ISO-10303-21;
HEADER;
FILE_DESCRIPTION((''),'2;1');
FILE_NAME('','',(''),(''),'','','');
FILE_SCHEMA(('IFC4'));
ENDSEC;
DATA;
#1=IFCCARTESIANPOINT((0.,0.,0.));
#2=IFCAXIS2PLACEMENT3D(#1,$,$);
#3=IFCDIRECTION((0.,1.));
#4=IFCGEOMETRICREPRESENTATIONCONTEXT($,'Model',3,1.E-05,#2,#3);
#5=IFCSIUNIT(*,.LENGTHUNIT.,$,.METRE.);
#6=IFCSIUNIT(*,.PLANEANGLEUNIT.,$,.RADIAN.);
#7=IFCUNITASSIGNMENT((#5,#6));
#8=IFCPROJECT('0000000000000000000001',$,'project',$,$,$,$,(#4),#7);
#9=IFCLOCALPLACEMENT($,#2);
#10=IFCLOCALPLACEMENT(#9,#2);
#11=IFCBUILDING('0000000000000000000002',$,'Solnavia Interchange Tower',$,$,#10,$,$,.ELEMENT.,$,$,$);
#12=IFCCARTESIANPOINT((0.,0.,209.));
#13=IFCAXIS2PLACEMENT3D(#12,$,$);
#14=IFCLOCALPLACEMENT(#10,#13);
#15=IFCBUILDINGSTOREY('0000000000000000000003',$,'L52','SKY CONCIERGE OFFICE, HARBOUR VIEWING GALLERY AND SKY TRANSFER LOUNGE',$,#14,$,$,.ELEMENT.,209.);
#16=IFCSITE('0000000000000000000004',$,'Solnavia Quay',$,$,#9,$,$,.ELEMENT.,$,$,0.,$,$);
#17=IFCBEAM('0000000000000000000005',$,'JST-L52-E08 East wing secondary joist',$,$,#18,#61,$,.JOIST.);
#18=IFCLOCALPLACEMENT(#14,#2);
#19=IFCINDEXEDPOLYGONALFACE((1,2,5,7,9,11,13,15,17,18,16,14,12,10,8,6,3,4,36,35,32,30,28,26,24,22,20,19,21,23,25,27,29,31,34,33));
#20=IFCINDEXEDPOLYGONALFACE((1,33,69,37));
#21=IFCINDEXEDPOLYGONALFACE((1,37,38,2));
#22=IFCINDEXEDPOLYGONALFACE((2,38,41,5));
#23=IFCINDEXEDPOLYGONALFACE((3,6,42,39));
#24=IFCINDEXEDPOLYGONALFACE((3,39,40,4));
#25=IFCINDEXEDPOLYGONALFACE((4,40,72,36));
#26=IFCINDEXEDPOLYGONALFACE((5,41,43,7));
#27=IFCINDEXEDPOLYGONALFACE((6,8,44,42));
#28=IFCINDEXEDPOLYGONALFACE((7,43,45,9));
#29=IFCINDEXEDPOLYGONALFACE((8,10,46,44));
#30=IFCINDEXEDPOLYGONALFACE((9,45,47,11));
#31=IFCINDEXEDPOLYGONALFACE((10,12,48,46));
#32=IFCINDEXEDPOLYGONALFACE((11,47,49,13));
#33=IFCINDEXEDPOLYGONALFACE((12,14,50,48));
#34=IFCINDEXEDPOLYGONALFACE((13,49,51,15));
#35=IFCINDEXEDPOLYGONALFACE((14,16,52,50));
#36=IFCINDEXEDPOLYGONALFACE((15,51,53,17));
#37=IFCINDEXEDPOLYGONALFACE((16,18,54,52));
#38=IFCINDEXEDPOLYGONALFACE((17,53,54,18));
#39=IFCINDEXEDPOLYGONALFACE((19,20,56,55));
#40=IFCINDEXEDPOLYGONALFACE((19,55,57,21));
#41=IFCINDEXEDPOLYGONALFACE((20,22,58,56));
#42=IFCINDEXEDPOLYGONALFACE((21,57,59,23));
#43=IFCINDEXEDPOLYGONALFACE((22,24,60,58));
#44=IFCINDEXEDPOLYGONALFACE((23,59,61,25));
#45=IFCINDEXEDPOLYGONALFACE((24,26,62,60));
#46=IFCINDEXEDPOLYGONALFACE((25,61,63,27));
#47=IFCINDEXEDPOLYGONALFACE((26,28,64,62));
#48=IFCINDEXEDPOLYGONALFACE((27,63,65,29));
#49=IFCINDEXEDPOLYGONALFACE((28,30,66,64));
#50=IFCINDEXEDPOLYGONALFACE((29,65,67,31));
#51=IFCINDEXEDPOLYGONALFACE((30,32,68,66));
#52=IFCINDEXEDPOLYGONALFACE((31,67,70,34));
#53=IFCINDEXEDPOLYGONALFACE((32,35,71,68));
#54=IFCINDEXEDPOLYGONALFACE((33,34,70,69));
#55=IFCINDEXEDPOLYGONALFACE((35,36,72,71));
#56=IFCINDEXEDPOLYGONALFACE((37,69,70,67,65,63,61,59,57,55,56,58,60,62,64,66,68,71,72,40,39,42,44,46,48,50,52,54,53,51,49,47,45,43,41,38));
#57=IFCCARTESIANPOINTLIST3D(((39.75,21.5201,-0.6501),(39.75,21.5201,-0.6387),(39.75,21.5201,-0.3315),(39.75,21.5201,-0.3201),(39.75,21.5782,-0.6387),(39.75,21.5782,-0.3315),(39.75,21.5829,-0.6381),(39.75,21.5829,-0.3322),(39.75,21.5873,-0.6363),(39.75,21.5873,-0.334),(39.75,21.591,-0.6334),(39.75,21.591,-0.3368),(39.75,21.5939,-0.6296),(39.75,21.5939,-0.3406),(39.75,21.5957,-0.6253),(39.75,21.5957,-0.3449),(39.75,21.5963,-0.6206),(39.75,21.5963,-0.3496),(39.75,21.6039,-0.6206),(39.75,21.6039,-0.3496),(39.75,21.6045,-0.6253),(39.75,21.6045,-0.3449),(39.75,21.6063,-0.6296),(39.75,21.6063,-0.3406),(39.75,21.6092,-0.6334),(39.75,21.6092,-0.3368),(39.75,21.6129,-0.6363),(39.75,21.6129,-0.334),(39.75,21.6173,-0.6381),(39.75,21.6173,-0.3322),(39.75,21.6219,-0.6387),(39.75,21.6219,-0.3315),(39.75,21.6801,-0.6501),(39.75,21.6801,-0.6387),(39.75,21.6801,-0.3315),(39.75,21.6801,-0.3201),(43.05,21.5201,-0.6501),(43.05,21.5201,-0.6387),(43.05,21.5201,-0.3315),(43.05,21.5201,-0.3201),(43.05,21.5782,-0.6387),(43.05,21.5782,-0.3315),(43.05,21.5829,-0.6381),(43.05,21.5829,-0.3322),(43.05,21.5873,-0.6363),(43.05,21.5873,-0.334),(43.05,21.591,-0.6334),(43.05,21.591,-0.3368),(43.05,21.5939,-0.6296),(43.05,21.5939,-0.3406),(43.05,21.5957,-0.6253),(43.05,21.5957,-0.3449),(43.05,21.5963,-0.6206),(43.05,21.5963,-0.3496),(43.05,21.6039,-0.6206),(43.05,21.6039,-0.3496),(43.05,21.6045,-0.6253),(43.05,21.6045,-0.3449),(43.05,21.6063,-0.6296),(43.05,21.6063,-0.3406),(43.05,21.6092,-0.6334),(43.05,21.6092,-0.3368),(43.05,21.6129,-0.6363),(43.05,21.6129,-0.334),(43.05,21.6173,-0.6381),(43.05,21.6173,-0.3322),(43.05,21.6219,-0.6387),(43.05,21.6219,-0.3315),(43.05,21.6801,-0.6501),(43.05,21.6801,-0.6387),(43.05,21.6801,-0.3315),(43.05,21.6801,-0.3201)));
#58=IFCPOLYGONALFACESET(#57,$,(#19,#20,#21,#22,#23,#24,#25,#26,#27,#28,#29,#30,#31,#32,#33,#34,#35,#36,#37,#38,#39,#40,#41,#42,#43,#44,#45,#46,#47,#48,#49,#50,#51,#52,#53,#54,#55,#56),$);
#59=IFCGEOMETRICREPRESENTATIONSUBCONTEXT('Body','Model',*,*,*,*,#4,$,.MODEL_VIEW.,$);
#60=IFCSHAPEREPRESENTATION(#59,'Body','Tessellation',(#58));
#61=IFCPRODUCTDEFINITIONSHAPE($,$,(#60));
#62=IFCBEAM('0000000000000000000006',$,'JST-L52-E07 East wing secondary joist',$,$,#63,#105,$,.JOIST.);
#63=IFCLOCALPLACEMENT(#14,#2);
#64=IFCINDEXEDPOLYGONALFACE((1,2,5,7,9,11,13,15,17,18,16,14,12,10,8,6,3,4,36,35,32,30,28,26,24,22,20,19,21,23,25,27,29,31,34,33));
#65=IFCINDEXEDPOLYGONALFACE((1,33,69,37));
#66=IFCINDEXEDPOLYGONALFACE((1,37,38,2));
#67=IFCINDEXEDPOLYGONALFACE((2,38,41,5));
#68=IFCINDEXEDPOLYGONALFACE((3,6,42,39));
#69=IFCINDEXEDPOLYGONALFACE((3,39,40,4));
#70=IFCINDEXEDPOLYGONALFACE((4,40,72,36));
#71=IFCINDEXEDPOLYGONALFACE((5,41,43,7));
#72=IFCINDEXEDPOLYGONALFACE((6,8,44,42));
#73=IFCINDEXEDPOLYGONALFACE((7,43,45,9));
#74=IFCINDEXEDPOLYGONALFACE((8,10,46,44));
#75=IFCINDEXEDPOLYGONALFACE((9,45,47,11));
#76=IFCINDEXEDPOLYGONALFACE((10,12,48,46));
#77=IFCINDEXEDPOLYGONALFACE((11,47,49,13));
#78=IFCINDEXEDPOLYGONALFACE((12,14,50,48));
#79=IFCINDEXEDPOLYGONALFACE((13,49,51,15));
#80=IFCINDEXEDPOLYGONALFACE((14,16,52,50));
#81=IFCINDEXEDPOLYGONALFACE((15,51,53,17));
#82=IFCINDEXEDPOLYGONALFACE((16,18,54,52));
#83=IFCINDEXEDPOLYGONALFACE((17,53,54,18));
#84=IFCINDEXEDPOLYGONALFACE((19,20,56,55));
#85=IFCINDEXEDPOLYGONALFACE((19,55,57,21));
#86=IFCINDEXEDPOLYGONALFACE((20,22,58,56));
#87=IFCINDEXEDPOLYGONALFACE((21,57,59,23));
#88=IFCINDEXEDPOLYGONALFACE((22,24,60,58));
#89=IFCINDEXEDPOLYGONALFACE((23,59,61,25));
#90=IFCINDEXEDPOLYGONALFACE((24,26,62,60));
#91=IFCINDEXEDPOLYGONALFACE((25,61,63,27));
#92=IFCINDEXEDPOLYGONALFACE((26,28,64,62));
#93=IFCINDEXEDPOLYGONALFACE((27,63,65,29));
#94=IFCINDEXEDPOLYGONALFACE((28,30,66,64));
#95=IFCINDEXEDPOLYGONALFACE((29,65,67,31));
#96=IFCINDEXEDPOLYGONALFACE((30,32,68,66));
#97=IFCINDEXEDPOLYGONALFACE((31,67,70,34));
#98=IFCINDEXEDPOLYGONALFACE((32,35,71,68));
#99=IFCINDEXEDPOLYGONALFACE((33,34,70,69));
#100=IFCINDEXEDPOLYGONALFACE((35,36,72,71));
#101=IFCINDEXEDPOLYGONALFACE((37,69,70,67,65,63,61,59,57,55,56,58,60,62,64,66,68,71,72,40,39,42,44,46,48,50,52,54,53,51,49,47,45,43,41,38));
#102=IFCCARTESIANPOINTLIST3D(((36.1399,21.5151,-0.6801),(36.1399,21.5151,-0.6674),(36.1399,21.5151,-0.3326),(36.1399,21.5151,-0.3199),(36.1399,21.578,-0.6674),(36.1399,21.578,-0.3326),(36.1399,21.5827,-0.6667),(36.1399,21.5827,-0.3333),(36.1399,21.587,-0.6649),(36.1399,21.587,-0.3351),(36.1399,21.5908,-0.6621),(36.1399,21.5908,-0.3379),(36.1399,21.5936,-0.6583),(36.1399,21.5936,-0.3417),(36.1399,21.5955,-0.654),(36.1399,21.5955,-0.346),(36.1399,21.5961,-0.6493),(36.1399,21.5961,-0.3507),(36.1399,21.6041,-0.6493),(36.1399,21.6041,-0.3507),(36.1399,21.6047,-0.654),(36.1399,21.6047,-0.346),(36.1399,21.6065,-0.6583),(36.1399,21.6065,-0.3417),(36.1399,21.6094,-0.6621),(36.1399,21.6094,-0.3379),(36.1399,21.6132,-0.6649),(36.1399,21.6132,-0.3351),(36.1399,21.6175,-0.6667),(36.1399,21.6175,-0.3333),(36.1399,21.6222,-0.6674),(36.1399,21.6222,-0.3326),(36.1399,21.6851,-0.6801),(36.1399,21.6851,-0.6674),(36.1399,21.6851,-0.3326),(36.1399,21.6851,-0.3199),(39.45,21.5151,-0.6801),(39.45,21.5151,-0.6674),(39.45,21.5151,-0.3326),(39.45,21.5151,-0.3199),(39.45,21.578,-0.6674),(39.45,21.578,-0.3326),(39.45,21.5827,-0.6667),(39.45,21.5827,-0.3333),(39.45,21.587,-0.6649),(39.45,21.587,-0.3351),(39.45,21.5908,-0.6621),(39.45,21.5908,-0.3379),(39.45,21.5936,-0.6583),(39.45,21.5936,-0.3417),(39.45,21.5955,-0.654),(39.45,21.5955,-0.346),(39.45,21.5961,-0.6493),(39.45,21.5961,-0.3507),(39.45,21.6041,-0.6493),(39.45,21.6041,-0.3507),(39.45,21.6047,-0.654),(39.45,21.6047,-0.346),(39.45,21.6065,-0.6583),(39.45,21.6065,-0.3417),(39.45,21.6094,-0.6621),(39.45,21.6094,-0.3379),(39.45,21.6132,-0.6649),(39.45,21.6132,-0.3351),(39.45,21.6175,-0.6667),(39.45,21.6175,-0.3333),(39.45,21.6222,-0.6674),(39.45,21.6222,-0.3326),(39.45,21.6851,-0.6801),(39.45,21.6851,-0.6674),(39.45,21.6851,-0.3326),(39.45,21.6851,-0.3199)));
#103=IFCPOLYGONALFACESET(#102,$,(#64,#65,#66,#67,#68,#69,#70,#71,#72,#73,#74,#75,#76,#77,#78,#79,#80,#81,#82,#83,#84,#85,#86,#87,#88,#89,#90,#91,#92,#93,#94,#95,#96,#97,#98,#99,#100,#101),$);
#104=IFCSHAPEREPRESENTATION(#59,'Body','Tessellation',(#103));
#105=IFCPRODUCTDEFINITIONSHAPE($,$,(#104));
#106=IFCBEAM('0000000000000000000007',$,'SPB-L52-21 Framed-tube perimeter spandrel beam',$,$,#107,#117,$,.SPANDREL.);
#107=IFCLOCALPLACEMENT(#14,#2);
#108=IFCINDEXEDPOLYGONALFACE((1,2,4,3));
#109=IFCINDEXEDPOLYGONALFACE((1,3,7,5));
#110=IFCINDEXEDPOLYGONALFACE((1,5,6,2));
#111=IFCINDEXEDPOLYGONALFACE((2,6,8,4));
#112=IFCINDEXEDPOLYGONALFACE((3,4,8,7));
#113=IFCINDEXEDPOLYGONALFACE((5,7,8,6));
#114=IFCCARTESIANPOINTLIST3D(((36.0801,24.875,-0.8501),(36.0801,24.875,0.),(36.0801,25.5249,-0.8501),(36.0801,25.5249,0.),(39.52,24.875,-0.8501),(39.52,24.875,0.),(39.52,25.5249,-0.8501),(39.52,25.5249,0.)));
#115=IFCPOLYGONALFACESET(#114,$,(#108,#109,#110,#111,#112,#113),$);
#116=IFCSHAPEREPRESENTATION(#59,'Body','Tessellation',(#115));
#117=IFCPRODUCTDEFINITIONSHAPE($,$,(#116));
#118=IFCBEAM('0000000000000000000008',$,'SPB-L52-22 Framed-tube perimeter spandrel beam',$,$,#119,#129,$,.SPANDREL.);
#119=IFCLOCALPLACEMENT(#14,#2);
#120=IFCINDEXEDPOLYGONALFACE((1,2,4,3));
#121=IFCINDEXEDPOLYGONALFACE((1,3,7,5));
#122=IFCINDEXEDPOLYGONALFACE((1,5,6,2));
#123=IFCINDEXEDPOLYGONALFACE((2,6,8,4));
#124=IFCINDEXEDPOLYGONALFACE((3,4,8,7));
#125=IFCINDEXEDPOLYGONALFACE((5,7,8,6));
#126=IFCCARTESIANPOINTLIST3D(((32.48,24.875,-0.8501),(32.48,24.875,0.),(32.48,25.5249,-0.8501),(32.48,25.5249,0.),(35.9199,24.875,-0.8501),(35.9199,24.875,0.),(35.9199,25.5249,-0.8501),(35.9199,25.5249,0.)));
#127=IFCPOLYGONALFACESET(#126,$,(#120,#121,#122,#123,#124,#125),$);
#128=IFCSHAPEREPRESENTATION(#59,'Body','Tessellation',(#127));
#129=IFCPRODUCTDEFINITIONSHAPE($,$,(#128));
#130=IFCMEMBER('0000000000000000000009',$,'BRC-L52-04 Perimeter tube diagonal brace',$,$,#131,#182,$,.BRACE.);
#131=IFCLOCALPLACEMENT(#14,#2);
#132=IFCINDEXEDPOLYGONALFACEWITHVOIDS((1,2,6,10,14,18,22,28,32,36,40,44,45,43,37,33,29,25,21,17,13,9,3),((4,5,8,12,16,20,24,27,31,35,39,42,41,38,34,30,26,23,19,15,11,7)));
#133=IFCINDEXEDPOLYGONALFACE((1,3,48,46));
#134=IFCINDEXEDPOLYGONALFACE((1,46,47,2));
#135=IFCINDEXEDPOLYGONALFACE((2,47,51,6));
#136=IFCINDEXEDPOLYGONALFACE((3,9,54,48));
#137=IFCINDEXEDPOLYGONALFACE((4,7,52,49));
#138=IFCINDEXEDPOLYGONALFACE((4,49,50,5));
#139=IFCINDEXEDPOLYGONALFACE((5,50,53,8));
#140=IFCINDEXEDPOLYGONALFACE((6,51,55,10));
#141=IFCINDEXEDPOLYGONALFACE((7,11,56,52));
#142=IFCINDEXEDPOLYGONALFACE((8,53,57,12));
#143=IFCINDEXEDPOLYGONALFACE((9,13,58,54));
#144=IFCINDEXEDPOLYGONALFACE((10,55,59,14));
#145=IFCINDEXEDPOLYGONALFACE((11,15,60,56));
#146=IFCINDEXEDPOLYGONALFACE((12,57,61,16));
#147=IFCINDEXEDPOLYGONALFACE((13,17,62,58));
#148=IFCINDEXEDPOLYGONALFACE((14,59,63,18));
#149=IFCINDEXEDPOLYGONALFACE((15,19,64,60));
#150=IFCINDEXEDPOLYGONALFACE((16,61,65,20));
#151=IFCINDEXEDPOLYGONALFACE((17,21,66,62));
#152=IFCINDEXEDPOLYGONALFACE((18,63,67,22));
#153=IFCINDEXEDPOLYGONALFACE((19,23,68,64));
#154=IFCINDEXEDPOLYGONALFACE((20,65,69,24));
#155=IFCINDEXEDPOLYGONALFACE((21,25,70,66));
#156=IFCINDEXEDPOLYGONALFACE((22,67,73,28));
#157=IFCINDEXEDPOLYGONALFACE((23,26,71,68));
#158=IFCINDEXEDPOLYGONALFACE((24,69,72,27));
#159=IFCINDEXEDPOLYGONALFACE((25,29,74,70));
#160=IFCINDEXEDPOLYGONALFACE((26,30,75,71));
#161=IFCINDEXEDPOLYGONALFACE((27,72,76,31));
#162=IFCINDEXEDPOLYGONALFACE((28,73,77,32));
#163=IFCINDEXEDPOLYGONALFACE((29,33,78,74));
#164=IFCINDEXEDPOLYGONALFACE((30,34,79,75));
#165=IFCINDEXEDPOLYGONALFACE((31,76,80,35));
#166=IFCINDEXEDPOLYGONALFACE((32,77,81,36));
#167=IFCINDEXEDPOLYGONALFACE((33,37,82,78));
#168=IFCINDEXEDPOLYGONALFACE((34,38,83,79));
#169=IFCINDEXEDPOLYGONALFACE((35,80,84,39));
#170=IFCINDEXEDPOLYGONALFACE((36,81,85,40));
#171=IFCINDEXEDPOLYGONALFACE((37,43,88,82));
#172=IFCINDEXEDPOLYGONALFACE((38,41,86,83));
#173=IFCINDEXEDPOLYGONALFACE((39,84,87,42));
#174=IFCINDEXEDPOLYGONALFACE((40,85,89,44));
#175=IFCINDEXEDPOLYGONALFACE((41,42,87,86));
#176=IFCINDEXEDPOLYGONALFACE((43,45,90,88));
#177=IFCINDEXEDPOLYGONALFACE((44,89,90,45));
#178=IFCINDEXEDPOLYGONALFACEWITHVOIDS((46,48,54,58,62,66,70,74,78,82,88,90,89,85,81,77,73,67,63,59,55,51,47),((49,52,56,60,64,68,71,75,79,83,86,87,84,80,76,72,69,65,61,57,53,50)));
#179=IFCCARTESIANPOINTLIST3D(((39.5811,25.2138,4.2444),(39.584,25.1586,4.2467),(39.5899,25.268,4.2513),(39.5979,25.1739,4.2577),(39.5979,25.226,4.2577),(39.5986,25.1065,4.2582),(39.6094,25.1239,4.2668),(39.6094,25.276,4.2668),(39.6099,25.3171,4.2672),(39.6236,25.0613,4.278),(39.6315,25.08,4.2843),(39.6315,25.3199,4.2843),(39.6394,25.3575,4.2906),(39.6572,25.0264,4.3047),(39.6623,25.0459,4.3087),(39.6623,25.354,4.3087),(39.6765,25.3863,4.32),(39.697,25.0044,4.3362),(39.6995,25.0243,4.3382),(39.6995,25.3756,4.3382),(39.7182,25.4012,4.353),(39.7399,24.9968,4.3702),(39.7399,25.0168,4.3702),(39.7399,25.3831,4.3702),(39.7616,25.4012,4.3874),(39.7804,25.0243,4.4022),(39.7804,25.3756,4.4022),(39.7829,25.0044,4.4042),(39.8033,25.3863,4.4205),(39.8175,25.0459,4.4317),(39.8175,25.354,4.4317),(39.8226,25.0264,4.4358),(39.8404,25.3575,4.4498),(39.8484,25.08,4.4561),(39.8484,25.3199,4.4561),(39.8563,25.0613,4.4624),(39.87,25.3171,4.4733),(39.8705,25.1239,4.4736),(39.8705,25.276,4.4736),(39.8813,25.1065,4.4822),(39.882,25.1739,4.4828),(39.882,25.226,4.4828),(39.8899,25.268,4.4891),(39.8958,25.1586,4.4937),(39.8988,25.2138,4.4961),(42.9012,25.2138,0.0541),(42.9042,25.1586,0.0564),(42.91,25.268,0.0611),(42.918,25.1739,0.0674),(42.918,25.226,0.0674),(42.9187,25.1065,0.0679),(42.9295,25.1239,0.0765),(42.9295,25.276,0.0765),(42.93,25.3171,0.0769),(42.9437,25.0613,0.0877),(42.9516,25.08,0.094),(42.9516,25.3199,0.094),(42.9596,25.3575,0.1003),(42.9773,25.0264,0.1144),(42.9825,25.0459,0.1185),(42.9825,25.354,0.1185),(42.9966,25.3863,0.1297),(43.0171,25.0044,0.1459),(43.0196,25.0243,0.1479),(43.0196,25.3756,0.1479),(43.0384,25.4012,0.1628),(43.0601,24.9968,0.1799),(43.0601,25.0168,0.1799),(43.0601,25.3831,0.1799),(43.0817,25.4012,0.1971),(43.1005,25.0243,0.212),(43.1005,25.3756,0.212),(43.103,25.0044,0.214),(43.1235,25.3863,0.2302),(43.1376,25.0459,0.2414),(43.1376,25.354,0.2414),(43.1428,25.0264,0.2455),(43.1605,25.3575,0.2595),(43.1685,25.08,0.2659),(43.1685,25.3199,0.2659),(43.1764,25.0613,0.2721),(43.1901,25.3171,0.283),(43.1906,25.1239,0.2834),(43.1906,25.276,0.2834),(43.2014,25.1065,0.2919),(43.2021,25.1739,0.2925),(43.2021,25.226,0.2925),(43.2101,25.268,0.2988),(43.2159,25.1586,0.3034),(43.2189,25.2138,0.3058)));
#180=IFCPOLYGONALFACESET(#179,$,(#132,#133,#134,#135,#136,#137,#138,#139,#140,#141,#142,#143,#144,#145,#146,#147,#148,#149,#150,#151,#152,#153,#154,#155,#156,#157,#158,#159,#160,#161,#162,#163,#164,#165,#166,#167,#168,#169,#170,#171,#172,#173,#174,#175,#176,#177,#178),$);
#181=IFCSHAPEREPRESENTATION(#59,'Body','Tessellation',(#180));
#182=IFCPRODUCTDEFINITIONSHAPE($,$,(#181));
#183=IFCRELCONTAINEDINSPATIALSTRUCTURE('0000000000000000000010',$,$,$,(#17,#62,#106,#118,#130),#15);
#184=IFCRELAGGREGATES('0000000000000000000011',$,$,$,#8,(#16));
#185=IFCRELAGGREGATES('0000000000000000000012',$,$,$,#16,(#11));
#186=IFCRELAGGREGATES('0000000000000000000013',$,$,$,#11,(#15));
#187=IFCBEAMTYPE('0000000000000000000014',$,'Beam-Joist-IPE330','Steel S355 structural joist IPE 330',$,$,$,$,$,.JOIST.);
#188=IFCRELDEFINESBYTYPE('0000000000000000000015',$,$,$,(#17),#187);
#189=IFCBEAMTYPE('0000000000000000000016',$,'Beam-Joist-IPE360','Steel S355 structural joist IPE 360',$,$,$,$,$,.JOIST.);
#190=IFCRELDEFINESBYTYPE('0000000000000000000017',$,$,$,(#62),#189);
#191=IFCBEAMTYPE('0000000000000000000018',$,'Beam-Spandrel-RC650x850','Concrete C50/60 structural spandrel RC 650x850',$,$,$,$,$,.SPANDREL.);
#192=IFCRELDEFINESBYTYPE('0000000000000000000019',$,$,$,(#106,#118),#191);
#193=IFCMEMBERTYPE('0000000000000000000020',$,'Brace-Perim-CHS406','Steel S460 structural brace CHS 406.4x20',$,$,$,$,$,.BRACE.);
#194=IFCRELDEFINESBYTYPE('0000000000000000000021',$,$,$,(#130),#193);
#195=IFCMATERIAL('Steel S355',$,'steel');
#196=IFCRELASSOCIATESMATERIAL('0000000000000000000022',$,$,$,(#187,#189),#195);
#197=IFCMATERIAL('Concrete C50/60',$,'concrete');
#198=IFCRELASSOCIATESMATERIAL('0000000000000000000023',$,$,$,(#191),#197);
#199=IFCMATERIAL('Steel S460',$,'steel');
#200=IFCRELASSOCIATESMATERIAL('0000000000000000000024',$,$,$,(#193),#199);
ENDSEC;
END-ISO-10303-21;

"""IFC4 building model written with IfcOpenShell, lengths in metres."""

from ifc_helpers import new_model, si_unit, direction, frame, origin, origin_2d, place, context, subcontext, project, spatial, rectangle, hollow_circle, i_section, extrude, material, material_profile, profile_set, type_object, element, save


model = new_model("IFC4")

# Units and contexts
model_context = context("Model", 3, precision=1e-05, world=origin(), true_north=direction((0.0, 1.0)))
body_context = subcontext(model_context, "Body", "Model", "MODEL_VIEW")
ifc_project = project(units=[si_unit("LENGTHUNIT", "METRE"), si_unit("PLANEANGLEUNIT", "RADIAN")], contexts=[model_context])

# Site, building, storey
site_placement = place(None, origin())
site = spatial("IfcSite", under=ifc_project, at=site_placement, Name="Solnavia Quay", CompositionType="ELEMENT", RefElevation=0.0)
building_placement = place(site_placement, origin())
building = spatial("IfcBuilding", under=site, at=building_placement, Name="Solnavia Interchange Tower", CompositionType="ELEMENT")
storey_placement = place(building_placement, frame((0.0, 0.0, 209.0)))
storey = spatial("IfcBuildingStorey", under=building, at=storey_placement, Name="L52", Description="SKY CONCIERGE OFFICE, HARBOUR VIEWING GALLERY AND SKY TRANSFER LOUNGE", CompositionType="ELEMENT", Elevation=209.0)

# Shared definitions
ifc_material_1 = material(Name="Concrete C50/60", Category="concrete")

# Beams
ifc_material_2 = material(Name="Steel S460", Category="steel")
ifc_material_3 = material(Name="Steel S355", Category="steel")
ifc_material_profile_1 = material_profile(ifc_material_3, i_section(OverallWidth=0.1599, OverallDepth=0.3301, WebThickness=0.0076, FlangeThickness=0.0115, FilletRadius=0.0181, at=origin_2d()), Name="IPE 330")
ifc_profile_set_1 = profile_set([ifc_material_profile_1], Name="Steel S355")
beam_type_1 = type_object("IfcBeamType", Name="Beam-Joist-IPE330", Description="Steel S355 structural joist IPE 330", PredefinedType="JOIST", material=ifc_profile_set_1)
beam_1_placement = place(storey_placement, frame((39.75, 21.6001, -0.4851), z_axis=(1.0, 0.0, 0.0), x_axis=(0.0, 1.0, 0.0)))
element("IfcBeam", 1, at=beam_1_placement, inside=storey, type_object=beam_type_1, Name="JST-L52-E08 East wing secondary joist", PredefinedType="JOIST", context=body_context, shape_type="SweptSolid", body=[
    extrude(i_section(OverallWidth=0.1599, OverallDepth=0.3301, WebThickness=0.0076, FlangeThickness=0.0115, FilletRadius=0.0181, at=origin_2d()), origin(), (0.0, 0.0, 1.0), 3.3),
])
ifc_material_profile_2 = material_profile(ifc_material_3, i_section(OverallWidth=0.1699, OverallDepth=0.3601, WebThickness=0.0081, FlangeThickness=0.0127, FilletRadius=0.0181, at=origin_2d()), Name="IPE 360")
ifc_profile_set_2 = profile_set([ifc_material_profile_2], Name="Steel S355")
beam_type_2 = type_object("IfcBeamType", Name="Beam-Joist-IPE360", Description="Steel S355 structural joist IPE 360", PredefinedType="JOIST", material=ifc_profile_set_2)
beam_2_placement = place(storey_placement, frame((36.1399, 21.6001, -0.5), z_axis=(1.0, 0.0, 0.0), x_axis=(0.0, 1.0, 0.0)))
element("IfcBeam", 2, at=beam_2_placement, inside=storey, type_object=beam_type_2, Name="JST-L52-E07 East wing secondary joist", PredefinedType="JOIST", context=body_context, shape_type="SweptSolid", body=[
    extrude(i_section(OverallWidth=0.1699, OverallDepth=0.3601, WebThickness=0.0081, FlangeThickness=0.0127, FilletRadius=0.0181, at=origin_2d()), origin(), (0.0, 0.0, 1.0), 3.3101),
])
ifc_material_profile_3 = material_profile(ifc_material_1, rectangle(XDim=0.6499, YDim=0.8501, at=origin_2d()), Name="RC 650x850")
ifc_profile_set_3 = profile_set([ifc_material_profile_3], Name="Concrete C50/60")
beam_type_3 = type_object("IfcBeamType", Name="Beam-Spandrel-RC650x850", Description="Concrete C50/60 structural spandrel RC 650x850", PredefinedType="SPANDREL", material=ifc_profile_set_3)
for number, where, z_axis, x_axis, name in (
    (3, (39.52, 25.2, -0.425), (-1.0, 0.0, 0.0), (0.0, -1.0, 0.0), "SPB-L52-21 Framed-tube perimeter spandrel beam"),
    (4, (35.9199, 25.2, -0.425), (-1.0, 0.0, 0.0), (0.0, -1.0, 0.0), "SPB-L52-22 Framed-tube perimeter spandrel beam"),
):
    element("IfcBeam", number, at=place(storey_placement, frame(where, z_axis=z_axis, x_axis=x_axis)), inside=storey, type_object=beam_type_3, Name=name, PredefinedType="SPANDREL", context=body_context, shape_type="SweptSolid", body=[
        extrude(rectangle(XDim=0.6499, YDim=0.8501, at=origin_2d()), origin(), (0.0, 0.0, 1.0), 3.4399),
    ])

# Member
ifc_material_profile_4 = material_profile(ifc_material_2, hollow_circle(Radius=0.2031, WallThickness=0.02, at=origin_2d()), Name="CHS 406.4x20")
ifc_profile_set_4 = profile_set([ifc_material_profile_4], Name="Steel S460")
member_type_1 = type_object("IfcMemberType", Name="Brace-Perim-CHS406", Description="Steel S460 structural brace CHS 406.4x20", PredefinedType="BRACE", material=ifc_profile_set_4)
member_1_placement = place(storey_placement, frame((43.0601, 25.2, 0.1799), z_axis=(-0.621029, 0.0, 0.783787), x_axis=(0.0, -1.0, 0.0)))
element("IfcMember", 5, at=member_1_placement, inside=storey, type_object=member_type_1, Name="BRC-L52-04 Perimeter tube diagonal brace", PredefinedType="BRACE", context=body_context, shape_type="SweptSolid", body=[
    extrude(hollow_circle(Radius=0.2031, WallThickness=0.02, at=origin_2d()), origin(), (0.0, 0.0, 1.0), 5.3462),
])

save(model, "model.ifc")
